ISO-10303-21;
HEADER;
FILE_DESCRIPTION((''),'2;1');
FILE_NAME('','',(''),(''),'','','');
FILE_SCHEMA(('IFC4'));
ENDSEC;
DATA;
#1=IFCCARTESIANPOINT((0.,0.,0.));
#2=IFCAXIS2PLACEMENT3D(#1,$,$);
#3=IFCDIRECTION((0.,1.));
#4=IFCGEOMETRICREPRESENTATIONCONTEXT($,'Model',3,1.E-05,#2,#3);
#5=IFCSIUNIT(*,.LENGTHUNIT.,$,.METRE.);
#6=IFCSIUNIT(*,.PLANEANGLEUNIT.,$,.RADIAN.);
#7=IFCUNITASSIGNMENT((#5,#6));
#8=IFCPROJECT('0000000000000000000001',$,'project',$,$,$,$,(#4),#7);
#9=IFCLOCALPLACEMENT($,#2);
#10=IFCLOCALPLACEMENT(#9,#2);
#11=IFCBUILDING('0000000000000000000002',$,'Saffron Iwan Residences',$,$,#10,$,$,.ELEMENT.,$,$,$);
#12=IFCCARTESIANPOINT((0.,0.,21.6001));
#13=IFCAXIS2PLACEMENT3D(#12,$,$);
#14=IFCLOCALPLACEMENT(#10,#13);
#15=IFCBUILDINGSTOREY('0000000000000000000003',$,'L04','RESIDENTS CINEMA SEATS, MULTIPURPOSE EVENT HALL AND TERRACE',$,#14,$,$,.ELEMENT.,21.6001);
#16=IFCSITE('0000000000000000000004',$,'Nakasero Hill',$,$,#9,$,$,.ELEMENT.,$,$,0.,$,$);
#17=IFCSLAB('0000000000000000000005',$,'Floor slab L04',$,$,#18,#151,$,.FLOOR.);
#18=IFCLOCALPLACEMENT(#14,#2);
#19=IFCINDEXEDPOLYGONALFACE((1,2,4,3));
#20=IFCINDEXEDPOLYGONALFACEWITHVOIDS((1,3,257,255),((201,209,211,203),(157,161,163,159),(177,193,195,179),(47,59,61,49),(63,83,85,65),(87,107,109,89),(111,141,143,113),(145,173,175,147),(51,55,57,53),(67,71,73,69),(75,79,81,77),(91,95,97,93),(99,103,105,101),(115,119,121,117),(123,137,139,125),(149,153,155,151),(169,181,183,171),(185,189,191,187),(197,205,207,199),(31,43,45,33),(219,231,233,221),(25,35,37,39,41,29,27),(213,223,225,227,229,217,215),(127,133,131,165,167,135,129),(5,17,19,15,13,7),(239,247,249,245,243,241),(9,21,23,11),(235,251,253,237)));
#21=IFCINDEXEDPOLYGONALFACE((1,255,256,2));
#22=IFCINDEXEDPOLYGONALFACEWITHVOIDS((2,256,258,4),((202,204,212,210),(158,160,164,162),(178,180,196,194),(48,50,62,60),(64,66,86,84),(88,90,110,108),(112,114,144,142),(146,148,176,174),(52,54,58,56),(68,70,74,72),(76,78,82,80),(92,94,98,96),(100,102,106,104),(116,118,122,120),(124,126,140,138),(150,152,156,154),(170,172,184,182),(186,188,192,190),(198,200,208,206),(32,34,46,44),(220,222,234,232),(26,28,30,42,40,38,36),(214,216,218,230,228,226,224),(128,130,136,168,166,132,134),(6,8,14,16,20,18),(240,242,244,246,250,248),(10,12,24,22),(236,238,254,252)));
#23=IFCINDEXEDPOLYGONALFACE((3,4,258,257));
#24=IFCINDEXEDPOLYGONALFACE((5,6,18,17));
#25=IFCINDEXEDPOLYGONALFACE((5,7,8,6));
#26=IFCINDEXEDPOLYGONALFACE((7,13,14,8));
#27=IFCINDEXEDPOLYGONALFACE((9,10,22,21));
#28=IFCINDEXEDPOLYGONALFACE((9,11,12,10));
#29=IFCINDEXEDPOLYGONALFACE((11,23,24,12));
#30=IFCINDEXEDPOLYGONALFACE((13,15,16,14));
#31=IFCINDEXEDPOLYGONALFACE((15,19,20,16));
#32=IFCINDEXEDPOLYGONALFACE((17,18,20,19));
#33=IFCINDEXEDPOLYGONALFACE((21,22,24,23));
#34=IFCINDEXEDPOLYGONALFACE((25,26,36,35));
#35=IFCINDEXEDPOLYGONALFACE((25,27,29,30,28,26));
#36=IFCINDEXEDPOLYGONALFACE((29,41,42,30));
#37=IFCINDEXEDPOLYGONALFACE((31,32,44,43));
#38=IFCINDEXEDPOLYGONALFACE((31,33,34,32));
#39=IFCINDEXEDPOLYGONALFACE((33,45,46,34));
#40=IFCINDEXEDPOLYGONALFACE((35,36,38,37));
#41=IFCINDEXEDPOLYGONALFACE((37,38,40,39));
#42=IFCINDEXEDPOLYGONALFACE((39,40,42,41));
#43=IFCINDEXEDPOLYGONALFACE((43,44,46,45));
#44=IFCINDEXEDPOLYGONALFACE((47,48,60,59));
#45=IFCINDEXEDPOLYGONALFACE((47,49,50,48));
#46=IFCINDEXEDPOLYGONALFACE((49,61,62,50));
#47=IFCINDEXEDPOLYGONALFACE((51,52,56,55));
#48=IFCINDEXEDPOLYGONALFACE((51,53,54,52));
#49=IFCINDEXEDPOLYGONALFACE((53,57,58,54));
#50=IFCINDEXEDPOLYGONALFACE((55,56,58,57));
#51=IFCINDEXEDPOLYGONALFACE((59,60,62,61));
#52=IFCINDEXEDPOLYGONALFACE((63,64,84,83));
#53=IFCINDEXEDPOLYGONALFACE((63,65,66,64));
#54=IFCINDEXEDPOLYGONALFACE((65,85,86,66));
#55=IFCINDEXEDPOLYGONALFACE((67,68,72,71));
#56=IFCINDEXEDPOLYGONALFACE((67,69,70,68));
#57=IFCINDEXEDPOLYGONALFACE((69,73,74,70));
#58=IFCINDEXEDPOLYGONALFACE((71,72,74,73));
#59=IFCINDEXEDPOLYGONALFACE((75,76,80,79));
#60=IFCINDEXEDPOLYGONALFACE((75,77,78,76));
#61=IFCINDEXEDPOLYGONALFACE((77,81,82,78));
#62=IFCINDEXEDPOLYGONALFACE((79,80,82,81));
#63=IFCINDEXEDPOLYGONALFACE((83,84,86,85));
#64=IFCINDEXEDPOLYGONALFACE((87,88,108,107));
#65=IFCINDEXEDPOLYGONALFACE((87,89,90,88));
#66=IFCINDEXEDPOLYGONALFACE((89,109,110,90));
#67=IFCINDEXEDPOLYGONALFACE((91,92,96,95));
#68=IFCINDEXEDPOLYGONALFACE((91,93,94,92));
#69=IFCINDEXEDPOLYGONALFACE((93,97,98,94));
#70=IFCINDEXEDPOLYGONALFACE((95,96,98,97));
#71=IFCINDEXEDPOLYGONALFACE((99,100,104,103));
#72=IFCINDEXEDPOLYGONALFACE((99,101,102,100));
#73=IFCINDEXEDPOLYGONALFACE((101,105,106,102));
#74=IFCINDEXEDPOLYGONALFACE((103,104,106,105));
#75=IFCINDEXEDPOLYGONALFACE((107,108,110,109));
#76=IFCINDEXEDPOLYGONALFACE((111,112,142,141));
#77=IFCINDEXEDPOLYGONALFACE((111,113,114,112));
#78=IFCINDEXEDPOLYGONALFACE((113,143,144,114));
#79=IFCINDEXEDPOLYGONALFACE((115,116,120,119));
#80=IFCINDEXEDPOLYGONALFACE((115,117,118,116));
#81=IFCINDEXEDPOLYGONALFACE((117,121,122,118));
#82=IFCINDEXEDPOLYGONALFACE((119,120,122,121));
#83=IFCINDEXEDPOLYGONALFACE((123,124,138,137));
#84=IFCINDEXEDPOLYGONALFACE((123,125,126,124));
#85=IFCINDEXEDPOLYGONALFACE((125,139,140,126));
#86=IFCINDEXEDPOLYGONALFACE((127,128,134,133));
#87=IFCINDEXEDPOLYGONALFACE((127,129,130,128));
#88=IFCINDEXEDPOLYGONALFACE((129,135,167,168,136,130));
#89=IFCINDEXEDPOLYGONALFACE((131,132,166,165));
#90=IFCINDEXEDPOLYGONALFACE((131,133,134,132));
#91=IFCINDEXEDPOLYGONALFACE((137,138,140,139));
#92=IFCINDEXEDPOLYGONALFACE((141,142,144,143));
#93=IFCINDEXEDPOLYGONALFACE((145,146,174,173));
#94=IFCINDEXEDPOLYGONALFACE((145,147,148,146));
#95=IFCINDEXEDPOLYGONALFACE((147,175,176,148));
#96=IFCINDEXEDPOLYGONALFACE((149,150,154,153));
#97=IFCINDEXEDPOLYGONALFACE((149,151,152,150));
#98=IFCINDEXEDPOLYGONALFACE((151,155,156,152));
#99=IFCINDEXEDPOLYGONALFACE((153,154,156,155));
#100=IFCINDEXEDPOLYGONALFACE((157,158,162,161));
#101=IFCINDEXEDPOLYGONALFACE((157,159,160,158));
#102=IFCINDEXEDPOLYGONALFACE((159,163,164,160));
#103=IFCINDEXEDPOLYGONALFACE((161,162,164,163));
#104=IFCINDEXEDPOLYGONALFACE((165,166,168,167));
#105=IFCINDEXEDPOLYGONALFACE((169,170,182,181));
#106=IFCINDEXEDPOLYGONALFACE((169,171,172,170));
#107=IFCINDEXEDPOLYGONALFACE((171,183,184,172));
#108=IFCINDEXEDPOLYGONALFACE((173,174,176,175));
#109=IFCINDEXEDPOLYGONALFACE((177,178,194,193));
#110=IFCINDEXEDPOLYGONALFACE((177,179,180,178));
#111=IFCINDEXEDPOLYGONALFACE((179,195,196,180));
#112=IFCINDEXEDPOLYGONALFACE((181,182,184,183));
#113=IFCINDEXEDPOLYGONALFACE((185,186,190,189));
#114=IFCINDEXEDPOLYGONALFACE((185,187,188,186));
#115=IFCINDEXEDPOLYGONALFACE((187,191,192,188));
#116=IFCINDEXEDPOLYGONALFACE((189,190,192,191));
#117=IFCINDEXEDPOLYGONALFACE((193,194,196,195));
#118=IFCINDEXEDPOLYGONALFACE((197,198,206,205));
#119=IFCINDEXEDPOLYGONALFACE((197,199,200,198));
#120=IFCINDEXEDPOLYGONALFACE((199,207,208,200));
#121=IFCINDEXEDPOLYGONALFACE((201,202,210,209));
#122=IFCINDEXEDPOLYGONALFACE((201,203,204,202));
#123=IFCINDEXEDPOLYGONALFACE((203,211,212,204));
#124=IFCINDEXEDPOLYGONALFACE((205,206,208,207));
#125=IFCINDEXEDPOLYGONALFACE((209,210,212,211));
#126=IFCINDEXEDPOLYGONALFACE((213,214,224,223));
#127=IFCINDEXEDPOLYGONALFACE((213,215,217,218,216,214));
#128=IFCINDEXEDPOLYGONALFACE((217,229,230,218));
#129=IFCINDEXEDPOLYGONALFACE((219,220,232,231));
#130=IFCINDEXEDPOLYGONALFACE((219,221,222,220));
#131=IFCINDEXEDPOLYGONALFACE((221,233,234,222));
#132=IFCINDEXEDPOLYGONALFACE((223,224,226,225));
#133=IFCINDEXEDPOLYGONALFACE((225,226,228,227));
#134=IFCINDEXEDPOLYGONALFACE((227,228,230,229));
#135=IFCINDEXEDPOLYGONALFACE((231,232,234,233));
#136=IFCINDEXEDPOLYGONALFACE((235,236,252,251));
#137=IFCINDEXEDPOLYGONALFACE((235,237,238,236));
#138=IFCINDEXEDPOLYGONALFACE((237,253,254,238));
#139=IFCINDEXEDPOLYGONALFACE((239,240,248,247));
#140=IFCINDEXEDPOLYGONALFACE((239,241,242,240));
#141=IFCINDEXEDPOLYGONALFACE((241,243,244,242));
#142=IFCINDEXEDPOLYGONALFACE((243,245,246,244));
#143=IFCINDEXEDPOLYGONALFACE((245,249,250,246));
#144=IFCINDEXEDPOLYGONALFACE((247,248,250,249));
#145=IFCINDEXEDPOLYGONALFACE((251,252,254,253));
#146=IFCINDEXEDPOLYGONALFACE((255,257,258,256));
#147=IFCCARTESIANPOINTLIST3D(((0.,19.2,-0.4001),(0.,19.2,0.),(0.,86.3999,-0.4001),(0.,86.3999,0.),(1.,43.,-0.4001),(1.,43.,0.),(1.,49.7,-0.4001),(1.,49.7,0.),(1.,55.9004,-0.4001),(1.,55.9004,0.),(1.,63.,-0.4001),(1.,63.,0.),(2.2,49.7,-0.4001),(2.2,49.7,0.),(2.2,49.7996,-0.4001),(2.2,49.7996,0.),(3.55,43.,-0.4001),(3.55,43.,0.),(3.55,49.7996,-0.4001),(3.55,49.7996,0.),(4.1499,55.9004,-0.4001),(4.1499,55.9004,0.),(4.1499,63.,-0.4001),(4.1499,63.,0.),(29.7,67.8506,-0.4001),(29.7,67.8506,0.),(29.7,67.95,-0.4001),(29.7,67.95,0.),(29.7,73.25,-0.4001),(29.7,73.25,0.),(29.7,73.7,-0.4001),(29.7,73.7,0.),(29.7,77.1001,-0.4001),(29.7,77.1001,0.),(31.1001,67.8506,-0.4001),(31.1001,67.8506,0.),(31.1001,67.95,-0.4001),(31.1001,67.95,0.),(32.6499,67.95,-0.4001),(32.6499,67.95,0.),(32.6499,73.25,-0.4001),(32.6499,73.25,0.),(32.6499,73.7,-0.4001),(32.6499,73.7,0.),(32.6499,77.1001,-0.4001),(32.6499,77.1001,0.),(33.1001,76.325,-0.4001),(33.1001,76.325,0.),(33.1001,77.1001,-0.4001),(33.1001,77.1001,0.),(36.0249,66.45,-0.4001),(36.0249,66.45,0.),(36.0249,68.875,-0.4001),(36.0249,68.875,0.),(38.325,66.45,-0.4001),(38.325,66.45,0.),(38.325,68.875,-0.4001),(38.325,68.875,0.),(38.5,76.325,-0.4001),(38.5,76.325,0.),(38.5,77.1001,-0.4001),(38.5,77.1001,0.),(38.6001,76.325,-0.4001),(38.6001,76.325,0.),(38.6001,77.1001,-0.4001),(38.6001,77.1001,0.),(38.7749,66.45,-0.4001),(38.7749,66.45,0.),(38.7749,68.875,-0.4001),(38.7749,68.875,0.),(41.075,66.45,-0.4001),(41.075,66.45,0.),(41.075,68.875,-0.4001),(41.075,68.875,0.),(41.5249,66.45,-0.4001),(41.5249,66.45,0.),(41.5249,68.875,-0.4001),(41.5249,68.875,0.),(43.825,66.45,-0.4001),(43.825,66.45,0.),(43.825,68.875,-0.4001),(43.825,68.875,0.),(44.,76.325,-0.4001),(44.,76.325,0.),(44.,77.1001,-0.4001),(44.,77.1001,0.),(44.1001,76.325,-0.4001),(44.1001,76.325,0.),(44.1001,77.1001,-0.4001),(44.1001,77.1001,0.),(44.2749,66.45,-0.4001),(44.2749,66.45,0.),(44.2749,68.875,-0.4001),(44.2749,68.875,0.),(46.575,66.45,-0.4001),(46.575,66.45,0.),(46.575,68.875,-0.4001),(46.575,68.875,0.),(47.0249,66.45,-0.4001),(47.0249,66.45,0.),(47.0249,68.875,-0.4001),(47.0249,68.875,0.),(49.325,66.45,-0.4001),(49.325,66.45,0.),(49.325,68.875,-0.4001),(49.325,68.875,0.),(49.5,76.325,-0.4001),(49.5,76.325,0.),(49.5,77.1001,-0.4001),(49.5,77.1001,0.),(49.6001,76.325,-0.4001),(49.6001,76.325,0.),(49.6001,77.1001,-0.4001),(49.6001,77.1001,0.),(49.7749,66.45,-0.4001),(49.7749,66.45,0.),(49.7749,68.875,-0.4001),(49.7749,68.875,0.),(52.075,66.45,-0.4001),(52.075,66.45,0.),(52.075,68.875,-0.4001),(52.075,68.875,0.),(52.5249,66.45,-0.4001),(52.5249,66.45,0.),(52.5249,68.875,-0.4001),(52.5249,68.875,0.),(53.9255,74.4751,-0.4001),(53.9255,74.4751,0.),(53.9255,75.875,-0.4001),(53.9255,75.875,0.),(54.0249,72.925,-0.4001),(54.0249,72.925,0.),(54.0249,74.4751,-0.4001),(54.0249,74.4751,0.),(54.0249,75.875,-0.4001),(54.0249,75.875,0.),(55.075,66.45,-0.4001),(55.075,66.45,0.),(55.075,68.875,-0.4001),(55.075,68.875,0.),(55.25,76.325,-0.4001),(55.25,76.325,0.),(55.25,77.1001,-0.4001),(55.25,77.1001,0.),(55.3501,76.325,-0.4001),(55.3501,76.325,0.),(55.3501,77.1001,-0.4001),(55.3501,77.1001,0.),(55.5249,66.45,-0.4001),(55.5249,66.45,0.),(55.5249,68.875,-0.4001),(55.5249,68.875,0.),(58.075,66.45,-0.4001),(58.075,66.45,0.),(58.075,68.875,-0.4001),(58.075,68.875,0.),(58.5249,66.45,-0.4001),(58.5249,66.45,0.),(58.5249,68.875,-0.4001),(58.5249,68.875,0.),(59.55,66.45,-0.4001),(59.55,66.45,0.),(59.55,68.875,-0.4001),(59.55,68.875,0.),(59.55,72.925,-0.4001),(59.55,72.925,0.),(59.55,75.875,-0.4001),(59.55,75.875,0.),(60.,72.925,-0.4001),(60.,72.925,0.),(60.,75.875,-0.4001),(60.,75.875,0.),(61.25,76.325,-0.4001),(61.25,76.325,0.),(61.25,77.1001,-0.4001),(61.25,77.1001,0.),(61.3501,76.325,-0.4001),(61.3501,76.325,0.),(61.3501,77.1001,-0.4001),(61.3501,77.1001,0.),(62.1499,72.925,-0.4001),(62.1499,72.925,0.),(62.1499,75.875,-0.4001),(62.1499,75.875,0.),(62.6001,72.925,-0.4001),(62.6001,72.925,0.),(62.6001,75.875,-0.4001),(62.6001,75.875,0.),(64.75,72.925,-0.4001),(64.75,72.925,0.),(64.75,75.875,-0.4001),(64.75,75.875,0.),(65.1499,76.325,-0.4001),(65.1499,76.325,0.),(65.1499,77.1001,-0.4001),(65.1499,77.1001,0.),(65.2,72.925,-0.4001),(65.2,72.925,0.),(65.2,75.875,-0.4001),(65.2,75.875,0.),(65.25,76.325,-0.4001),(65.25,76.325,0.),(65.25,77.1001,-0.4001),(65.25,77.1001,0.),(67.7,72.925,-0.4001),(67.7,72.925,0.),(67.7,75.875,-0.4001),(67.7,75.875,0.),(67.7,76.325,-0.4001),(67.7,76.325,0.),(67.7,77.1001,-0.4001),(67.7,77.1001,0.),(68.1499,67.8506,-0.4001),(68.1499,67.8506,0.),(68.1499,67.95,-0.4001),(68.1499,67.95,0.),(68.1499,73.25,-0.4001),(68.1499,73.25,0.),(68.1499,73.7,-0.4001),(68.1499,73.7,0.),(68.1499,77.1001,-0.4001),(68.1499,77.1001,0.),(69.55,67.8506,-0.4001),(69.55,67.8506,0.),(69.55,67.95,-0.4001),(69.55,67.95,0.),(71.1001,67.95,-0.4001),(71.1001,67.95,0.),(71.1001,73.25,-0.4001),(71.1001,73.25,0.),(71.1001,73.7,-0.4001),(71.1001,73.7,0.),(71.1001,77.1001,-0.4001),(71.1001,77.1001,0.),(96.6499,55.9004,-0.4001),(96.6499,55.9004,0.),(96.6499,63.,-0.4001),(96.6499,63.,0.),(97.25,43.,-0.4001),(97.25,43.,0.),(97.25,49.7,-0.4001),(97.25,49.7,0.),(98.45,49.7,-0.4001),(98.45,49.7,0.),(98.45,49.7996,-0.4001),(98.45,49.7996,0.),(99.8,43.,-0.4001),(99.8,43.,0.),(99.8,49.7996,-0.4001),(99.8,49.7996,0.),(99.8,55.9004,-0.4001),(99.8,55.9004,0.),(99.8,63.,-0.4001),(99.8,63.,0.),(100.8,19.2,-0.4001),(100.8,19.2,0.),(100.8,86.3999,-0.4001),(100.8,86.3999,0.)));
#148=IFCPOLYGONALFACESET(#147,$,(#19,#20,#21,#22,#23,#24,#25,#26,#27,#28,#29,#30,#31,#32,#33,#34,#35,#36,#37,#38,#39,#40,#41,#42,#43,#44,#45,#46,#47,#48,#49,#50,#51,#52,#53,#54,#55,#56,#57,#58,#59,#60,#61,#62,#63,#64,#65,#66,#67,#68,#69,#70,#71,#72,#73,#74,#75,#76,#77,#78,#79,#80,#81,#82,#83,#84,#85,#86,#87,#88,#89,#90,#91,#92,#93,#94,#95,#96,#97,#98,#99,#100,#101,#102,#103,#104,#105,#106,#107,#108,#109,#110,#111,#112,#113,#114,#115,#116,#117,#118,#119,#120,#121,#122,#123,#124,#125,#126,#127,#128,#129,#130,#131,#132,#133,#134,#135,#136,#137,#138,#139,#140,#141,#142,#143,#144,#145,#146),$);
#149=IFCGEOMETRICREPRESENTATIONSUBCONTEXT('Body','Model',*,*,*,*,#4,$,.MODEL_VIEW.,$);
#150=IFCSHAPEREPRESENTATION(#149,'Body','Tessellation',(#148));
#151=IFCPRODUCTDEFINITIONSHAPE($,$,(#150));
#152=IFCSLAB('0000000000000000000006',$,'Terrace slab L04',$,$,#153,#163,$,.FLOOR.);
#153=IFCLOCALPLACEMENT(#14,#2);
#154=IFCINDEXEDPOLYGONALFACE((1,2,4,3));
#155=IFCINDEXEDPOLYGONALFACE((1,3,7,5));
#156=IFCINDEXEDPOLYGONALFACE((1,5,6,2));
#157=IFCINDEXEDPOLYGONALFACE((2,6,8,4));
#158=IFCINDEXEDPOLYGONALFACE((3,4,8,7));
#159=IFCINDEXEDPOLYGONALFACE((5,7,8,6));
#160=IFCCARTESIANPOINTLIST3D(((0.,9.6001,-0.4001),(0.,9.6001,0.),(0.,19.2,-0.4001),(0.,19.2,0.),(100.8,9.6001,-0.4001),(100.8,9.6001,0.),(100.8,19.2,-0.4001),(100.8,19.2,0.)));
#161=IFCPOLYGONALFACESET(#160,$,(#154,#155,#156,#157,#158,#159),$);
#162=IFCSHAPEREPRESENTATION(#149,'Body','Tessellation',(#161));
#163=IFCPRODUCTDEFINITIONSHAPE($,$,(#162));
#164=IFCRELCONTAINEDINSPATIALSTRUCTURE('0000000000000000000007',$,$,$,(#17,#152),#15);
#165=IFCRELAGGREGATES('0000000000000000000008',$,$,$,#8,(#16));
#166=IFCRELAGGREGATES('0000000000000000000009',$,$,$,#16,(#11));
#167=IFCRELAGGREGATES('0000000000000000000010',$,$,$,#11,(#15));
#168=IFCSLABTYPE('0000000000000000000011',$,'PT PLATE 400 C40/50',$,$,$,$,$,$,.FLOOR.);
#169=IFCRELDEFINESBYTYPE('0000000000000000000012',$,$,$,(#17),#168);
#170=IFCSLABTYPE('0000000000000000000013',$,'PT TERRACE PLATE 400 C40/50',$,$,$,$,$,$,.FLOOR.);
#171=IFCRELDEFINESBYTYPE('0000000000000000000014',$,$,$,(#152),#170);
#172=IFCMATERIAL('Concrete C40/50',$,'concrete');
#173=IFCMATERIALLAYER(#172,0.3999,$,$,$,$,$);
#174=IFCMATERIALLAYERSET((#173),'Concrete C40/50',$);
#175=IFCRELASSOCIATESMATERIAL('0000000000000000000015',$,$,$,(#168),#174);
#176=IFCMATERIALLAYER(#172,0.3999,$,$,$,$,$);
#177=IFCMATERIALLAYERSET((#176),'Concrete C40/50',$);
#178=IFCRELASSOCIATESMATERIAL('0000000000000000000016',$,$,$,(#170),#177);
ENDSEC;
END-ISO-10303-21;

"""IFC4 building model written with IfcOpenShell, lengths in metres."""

from ifc_helpers import new_model, si_unit, direction, frame, origin, place, context, subcontext, project, spatial, polyline, outline, extrude, material, layer, layer_set, type_object, element, save


model = new_model("IFC4")

# Units and contexts
model_context = context("Model", 3, precision=1e-05, world=origin(), true_north=direction((0.0, 1.0)))
body_context = subcontext(model_context, "Body", "Model", "MODEL_VIEW")
ifc_project = project(units=[si_unit("LENGTHUNIT", "METRE"), si_unit("PLANEANGLEUNIT", "RADIAN")], contexts=[model_context])

# Site, building, storey
site_placement = place(None, origin())
site = spatial("IfcSite", under=ifc_project, at=site_placement, Name="Nakasero Hill", CompositionType="ELEMENT", RefElevation=0.0)
building_placement = place(site_placement, origin())
building = spatial("IfcBuilding", under=site, at=building_placement, Name="Saffron Iwan Residences", CompositionType="ELEMENT")
storey_placement = place(building_placement, frame((0.0, 0.0, 21.6001)))
storey = spatial("IfcBuildingStorey", under=building, at=storey_placement, Name="L04", Description="RESIDENTS CINEMA SEATS, MULTIPURPOSE EVENT HALL AND TERRACE", CompositionType="ELEMENT", Elevation=21.6001)

# Slabs
ifc_material_1 = material(Name="Concrete C40/50", Category="concrete")
ifc_layer_1 = layer(ifc_material_1, 0.3999)
ifc_layer_set_1 = layer_set([ifc_layer_1], Name="Concrete C40/50")
slab_type_1 = type_object("IfcSlabType", Name="PT PLATE 400 C40/50", PredefinedType="FLOOR", material=ifc_layer_set_1)
slab_1_placement = place(storey_placement, frame((0.0, 0.0, -0.4001)))
element("IfcSlab", 1, at=slab_1_placement, inside=storey, type_object=slab_type_1, Name="Floor slab L04", PredefinedType="FLOOR", context=body_context, shape_type="SweptSolid", body=[
    extrude(outline(polyline([(0.0, 19.2), (0.0, 86.3999), (100.8, 86.3999), (100.8, 19.2), (0.0, 19.2)]), holes=[polyline([(2.2, 49.7), (1.0, 49.7), (1.0, 43.0), (3.55, 43.0), (3.55, 49.7996), (2.2, 49.7996), (2.2, 49.7)]), polyline([(1.0, 63.0), (1.0, 55.9004), (4.1499, 55.9004), (4.1499, 63.0), (1.0, 63.0)]), polyline([(38.325, 66.45), (38.325, 68.875), (36.0249, 68.875), (36.0249, 66.45), (38.325, 66.45)]), polyline([(41.075, 66.45), (41.075, 68.875), (38.7749, 68.875), (38.7749, 66.45), (41.075, 66.45)]), polyline([(43.825, 66.45), (43.825, 68.875), (41.5249, 68.875), (41.5249, 66.45), (43.825, 66.45)]), polyline([(46.575, 66.45), (46.575, 68.875), (44.2749, 68.875), (44.2749, 66.45), (46.575, 66.45)]), polyline([(49.325, 66.45), (49.325, 68.875), (47.0249, 68.875), (47.0249, 66.45), (49.325, 66.45)]), polyline([(52.075, 68.875), (49.7749, 68.875), (49.7749, 66.45), (52.075, 66.45), (52.075, 68.875)]), polyline([(32.6499, 73.25), (29.7, 73.25), (29.7, 67.95), (29.7, 67.8506), (31.1001, 67.8506), (31.1001, 67.95), (32.6499, 67.95), (32.6499, 73.25)]), polyline([(32.6499, 73.7), (32.6499, 77.1001), (29.7, 77.1001), (29.7, 73.7), (32.6499, 73.7)]), polyline([(38.5, 76.325), (38.5, 77.1001), (33.1001, 77.1001), (33.1001, 76.325), (38.5, 76.325)]), polyline([(44.0, 76.325), (44.0, 77.1001), (38.6001, 77.1001), (38.6001, 76.325), (44.0, 76.325)]), polyline([(49.5, 76.325), (49.5, 77.1001), (44.1001, 77.1001), (44.1001, 76.325), (49.5, 76.325)]), polyline([(55.25, 76.325), (55.25, 77.1001), (49.6001, 77.1001), (49.6001, 76.325), (55.25, 76.325)]), polyline([(98.45, 49.7), (97.25, 49.7), (97.25, 43.0), (99.8, 43.0), (99.8, 49.7996), (98.45, 49.7996), (98.45, 49.7)]), polyline([(96.6499, 63.0), (96.6499, 55.9004), (99.8, 55.9004), (99.8, 63.0), (96.6499, 63.0)]), polyline([(55.075, 66.45), (55.075, 68.875), (52.5249, 68.875), (52.5249, 66.45), (55.075, 66.45)]), polyline([(58.075, 66.45), (58.075, 68.875), (55.5249, 68.875), (55.5249, 66.45), (58.075, 66.45)]), polyline([(59.55, 66.45), (59.55, 68.875), (58.5249, 68.875), (58.5249, 66.45), (59.55, 66.45)]), polyline([(71.1001, 73.25), (68.1499, 73.25), (68.1499, 67.95), (68.1499, 67.8506), (69.55, 67.8506), (69.55, 67.95), (71.1001, 67.95), (71.1001, 73.25)]), polyline([(53.9255, 74.4751), (54.0249, 74.4751), (54.0249, 72.925), (59.55, 72.925), (59.55, 75.875), (54.0249, 75.875), (53.9255, 75.875), (53.9255, 74.4751)]), polyline([(62.1499, 75.875), (60.0, 75.875), (60.0, 72.925), (62.1499, 72.925), (62.1499, 75.875)]), polyline([(64.75, 72.925), (64.75, 75.875), (62.6001, 75.875), (62.6001, 72.925), (64.75, 72.925)]), polyline([(67.7, 72.925), (67.7, 75.875), (65.2, 75.875), (65.2, 72.925), (67.7, 72.925)]), polyline([(71.1001, 73.7), (71.1001, 77.1001), (68.1499, 77.1001), (68.1499, 73.7), (71.1001, 73.7)]), polyline([(61.25, 76.325), (61.25, 77.1001), (55.3501, 77.1001), (55.3501, 76.325), (61.25, 76.325)]), polyline([(65.1499, 76.325), (65.1499, 77.1001), (61.3501, 77.1001), (61.3501, 76.325), (65.1499, 76.325)]), polyline([(67.7, 76.325), (67.7, 77.1001), (65.25, 77.1001), (65.25, 76.325), (67.7, 76.325)])]), origin(), (0.0, 0.0, 1.0), 0.4001),
])
ifc_layer_2 = layer(ifc_material_1, 0.3999)
ifc_layer_set_2 = layer_set([ifc_layer_2], Name="Concrete C40/50")
slab_type_2 = type_object("IfcSlabType", Name="PT TERRACE PLATE 400 C40/50", PredefinedType="FLOOR", material=ifc_layer_set_2)
slab_2_placement = place(storey_placement, frame((0.0, 0.0, -0.4001)))
element("IfcSlab", 2, at=slab_2_placement, inside=storey, type_object=slab_type_2, Name="Terrace slab L04", PredefinedType="FLOOR", context=body_context, shape_type="SweptSolid", body=[
    extrude(outline(polyline([(0.0, 19.2), (100.8, 19.2), (100.8, 9.6001), (0.0, 9.6001), (0.0, 19.2)])), origin(), (0.0, 0.0, 1.0), 0.4001),
])

save(model, "model.ifc")
